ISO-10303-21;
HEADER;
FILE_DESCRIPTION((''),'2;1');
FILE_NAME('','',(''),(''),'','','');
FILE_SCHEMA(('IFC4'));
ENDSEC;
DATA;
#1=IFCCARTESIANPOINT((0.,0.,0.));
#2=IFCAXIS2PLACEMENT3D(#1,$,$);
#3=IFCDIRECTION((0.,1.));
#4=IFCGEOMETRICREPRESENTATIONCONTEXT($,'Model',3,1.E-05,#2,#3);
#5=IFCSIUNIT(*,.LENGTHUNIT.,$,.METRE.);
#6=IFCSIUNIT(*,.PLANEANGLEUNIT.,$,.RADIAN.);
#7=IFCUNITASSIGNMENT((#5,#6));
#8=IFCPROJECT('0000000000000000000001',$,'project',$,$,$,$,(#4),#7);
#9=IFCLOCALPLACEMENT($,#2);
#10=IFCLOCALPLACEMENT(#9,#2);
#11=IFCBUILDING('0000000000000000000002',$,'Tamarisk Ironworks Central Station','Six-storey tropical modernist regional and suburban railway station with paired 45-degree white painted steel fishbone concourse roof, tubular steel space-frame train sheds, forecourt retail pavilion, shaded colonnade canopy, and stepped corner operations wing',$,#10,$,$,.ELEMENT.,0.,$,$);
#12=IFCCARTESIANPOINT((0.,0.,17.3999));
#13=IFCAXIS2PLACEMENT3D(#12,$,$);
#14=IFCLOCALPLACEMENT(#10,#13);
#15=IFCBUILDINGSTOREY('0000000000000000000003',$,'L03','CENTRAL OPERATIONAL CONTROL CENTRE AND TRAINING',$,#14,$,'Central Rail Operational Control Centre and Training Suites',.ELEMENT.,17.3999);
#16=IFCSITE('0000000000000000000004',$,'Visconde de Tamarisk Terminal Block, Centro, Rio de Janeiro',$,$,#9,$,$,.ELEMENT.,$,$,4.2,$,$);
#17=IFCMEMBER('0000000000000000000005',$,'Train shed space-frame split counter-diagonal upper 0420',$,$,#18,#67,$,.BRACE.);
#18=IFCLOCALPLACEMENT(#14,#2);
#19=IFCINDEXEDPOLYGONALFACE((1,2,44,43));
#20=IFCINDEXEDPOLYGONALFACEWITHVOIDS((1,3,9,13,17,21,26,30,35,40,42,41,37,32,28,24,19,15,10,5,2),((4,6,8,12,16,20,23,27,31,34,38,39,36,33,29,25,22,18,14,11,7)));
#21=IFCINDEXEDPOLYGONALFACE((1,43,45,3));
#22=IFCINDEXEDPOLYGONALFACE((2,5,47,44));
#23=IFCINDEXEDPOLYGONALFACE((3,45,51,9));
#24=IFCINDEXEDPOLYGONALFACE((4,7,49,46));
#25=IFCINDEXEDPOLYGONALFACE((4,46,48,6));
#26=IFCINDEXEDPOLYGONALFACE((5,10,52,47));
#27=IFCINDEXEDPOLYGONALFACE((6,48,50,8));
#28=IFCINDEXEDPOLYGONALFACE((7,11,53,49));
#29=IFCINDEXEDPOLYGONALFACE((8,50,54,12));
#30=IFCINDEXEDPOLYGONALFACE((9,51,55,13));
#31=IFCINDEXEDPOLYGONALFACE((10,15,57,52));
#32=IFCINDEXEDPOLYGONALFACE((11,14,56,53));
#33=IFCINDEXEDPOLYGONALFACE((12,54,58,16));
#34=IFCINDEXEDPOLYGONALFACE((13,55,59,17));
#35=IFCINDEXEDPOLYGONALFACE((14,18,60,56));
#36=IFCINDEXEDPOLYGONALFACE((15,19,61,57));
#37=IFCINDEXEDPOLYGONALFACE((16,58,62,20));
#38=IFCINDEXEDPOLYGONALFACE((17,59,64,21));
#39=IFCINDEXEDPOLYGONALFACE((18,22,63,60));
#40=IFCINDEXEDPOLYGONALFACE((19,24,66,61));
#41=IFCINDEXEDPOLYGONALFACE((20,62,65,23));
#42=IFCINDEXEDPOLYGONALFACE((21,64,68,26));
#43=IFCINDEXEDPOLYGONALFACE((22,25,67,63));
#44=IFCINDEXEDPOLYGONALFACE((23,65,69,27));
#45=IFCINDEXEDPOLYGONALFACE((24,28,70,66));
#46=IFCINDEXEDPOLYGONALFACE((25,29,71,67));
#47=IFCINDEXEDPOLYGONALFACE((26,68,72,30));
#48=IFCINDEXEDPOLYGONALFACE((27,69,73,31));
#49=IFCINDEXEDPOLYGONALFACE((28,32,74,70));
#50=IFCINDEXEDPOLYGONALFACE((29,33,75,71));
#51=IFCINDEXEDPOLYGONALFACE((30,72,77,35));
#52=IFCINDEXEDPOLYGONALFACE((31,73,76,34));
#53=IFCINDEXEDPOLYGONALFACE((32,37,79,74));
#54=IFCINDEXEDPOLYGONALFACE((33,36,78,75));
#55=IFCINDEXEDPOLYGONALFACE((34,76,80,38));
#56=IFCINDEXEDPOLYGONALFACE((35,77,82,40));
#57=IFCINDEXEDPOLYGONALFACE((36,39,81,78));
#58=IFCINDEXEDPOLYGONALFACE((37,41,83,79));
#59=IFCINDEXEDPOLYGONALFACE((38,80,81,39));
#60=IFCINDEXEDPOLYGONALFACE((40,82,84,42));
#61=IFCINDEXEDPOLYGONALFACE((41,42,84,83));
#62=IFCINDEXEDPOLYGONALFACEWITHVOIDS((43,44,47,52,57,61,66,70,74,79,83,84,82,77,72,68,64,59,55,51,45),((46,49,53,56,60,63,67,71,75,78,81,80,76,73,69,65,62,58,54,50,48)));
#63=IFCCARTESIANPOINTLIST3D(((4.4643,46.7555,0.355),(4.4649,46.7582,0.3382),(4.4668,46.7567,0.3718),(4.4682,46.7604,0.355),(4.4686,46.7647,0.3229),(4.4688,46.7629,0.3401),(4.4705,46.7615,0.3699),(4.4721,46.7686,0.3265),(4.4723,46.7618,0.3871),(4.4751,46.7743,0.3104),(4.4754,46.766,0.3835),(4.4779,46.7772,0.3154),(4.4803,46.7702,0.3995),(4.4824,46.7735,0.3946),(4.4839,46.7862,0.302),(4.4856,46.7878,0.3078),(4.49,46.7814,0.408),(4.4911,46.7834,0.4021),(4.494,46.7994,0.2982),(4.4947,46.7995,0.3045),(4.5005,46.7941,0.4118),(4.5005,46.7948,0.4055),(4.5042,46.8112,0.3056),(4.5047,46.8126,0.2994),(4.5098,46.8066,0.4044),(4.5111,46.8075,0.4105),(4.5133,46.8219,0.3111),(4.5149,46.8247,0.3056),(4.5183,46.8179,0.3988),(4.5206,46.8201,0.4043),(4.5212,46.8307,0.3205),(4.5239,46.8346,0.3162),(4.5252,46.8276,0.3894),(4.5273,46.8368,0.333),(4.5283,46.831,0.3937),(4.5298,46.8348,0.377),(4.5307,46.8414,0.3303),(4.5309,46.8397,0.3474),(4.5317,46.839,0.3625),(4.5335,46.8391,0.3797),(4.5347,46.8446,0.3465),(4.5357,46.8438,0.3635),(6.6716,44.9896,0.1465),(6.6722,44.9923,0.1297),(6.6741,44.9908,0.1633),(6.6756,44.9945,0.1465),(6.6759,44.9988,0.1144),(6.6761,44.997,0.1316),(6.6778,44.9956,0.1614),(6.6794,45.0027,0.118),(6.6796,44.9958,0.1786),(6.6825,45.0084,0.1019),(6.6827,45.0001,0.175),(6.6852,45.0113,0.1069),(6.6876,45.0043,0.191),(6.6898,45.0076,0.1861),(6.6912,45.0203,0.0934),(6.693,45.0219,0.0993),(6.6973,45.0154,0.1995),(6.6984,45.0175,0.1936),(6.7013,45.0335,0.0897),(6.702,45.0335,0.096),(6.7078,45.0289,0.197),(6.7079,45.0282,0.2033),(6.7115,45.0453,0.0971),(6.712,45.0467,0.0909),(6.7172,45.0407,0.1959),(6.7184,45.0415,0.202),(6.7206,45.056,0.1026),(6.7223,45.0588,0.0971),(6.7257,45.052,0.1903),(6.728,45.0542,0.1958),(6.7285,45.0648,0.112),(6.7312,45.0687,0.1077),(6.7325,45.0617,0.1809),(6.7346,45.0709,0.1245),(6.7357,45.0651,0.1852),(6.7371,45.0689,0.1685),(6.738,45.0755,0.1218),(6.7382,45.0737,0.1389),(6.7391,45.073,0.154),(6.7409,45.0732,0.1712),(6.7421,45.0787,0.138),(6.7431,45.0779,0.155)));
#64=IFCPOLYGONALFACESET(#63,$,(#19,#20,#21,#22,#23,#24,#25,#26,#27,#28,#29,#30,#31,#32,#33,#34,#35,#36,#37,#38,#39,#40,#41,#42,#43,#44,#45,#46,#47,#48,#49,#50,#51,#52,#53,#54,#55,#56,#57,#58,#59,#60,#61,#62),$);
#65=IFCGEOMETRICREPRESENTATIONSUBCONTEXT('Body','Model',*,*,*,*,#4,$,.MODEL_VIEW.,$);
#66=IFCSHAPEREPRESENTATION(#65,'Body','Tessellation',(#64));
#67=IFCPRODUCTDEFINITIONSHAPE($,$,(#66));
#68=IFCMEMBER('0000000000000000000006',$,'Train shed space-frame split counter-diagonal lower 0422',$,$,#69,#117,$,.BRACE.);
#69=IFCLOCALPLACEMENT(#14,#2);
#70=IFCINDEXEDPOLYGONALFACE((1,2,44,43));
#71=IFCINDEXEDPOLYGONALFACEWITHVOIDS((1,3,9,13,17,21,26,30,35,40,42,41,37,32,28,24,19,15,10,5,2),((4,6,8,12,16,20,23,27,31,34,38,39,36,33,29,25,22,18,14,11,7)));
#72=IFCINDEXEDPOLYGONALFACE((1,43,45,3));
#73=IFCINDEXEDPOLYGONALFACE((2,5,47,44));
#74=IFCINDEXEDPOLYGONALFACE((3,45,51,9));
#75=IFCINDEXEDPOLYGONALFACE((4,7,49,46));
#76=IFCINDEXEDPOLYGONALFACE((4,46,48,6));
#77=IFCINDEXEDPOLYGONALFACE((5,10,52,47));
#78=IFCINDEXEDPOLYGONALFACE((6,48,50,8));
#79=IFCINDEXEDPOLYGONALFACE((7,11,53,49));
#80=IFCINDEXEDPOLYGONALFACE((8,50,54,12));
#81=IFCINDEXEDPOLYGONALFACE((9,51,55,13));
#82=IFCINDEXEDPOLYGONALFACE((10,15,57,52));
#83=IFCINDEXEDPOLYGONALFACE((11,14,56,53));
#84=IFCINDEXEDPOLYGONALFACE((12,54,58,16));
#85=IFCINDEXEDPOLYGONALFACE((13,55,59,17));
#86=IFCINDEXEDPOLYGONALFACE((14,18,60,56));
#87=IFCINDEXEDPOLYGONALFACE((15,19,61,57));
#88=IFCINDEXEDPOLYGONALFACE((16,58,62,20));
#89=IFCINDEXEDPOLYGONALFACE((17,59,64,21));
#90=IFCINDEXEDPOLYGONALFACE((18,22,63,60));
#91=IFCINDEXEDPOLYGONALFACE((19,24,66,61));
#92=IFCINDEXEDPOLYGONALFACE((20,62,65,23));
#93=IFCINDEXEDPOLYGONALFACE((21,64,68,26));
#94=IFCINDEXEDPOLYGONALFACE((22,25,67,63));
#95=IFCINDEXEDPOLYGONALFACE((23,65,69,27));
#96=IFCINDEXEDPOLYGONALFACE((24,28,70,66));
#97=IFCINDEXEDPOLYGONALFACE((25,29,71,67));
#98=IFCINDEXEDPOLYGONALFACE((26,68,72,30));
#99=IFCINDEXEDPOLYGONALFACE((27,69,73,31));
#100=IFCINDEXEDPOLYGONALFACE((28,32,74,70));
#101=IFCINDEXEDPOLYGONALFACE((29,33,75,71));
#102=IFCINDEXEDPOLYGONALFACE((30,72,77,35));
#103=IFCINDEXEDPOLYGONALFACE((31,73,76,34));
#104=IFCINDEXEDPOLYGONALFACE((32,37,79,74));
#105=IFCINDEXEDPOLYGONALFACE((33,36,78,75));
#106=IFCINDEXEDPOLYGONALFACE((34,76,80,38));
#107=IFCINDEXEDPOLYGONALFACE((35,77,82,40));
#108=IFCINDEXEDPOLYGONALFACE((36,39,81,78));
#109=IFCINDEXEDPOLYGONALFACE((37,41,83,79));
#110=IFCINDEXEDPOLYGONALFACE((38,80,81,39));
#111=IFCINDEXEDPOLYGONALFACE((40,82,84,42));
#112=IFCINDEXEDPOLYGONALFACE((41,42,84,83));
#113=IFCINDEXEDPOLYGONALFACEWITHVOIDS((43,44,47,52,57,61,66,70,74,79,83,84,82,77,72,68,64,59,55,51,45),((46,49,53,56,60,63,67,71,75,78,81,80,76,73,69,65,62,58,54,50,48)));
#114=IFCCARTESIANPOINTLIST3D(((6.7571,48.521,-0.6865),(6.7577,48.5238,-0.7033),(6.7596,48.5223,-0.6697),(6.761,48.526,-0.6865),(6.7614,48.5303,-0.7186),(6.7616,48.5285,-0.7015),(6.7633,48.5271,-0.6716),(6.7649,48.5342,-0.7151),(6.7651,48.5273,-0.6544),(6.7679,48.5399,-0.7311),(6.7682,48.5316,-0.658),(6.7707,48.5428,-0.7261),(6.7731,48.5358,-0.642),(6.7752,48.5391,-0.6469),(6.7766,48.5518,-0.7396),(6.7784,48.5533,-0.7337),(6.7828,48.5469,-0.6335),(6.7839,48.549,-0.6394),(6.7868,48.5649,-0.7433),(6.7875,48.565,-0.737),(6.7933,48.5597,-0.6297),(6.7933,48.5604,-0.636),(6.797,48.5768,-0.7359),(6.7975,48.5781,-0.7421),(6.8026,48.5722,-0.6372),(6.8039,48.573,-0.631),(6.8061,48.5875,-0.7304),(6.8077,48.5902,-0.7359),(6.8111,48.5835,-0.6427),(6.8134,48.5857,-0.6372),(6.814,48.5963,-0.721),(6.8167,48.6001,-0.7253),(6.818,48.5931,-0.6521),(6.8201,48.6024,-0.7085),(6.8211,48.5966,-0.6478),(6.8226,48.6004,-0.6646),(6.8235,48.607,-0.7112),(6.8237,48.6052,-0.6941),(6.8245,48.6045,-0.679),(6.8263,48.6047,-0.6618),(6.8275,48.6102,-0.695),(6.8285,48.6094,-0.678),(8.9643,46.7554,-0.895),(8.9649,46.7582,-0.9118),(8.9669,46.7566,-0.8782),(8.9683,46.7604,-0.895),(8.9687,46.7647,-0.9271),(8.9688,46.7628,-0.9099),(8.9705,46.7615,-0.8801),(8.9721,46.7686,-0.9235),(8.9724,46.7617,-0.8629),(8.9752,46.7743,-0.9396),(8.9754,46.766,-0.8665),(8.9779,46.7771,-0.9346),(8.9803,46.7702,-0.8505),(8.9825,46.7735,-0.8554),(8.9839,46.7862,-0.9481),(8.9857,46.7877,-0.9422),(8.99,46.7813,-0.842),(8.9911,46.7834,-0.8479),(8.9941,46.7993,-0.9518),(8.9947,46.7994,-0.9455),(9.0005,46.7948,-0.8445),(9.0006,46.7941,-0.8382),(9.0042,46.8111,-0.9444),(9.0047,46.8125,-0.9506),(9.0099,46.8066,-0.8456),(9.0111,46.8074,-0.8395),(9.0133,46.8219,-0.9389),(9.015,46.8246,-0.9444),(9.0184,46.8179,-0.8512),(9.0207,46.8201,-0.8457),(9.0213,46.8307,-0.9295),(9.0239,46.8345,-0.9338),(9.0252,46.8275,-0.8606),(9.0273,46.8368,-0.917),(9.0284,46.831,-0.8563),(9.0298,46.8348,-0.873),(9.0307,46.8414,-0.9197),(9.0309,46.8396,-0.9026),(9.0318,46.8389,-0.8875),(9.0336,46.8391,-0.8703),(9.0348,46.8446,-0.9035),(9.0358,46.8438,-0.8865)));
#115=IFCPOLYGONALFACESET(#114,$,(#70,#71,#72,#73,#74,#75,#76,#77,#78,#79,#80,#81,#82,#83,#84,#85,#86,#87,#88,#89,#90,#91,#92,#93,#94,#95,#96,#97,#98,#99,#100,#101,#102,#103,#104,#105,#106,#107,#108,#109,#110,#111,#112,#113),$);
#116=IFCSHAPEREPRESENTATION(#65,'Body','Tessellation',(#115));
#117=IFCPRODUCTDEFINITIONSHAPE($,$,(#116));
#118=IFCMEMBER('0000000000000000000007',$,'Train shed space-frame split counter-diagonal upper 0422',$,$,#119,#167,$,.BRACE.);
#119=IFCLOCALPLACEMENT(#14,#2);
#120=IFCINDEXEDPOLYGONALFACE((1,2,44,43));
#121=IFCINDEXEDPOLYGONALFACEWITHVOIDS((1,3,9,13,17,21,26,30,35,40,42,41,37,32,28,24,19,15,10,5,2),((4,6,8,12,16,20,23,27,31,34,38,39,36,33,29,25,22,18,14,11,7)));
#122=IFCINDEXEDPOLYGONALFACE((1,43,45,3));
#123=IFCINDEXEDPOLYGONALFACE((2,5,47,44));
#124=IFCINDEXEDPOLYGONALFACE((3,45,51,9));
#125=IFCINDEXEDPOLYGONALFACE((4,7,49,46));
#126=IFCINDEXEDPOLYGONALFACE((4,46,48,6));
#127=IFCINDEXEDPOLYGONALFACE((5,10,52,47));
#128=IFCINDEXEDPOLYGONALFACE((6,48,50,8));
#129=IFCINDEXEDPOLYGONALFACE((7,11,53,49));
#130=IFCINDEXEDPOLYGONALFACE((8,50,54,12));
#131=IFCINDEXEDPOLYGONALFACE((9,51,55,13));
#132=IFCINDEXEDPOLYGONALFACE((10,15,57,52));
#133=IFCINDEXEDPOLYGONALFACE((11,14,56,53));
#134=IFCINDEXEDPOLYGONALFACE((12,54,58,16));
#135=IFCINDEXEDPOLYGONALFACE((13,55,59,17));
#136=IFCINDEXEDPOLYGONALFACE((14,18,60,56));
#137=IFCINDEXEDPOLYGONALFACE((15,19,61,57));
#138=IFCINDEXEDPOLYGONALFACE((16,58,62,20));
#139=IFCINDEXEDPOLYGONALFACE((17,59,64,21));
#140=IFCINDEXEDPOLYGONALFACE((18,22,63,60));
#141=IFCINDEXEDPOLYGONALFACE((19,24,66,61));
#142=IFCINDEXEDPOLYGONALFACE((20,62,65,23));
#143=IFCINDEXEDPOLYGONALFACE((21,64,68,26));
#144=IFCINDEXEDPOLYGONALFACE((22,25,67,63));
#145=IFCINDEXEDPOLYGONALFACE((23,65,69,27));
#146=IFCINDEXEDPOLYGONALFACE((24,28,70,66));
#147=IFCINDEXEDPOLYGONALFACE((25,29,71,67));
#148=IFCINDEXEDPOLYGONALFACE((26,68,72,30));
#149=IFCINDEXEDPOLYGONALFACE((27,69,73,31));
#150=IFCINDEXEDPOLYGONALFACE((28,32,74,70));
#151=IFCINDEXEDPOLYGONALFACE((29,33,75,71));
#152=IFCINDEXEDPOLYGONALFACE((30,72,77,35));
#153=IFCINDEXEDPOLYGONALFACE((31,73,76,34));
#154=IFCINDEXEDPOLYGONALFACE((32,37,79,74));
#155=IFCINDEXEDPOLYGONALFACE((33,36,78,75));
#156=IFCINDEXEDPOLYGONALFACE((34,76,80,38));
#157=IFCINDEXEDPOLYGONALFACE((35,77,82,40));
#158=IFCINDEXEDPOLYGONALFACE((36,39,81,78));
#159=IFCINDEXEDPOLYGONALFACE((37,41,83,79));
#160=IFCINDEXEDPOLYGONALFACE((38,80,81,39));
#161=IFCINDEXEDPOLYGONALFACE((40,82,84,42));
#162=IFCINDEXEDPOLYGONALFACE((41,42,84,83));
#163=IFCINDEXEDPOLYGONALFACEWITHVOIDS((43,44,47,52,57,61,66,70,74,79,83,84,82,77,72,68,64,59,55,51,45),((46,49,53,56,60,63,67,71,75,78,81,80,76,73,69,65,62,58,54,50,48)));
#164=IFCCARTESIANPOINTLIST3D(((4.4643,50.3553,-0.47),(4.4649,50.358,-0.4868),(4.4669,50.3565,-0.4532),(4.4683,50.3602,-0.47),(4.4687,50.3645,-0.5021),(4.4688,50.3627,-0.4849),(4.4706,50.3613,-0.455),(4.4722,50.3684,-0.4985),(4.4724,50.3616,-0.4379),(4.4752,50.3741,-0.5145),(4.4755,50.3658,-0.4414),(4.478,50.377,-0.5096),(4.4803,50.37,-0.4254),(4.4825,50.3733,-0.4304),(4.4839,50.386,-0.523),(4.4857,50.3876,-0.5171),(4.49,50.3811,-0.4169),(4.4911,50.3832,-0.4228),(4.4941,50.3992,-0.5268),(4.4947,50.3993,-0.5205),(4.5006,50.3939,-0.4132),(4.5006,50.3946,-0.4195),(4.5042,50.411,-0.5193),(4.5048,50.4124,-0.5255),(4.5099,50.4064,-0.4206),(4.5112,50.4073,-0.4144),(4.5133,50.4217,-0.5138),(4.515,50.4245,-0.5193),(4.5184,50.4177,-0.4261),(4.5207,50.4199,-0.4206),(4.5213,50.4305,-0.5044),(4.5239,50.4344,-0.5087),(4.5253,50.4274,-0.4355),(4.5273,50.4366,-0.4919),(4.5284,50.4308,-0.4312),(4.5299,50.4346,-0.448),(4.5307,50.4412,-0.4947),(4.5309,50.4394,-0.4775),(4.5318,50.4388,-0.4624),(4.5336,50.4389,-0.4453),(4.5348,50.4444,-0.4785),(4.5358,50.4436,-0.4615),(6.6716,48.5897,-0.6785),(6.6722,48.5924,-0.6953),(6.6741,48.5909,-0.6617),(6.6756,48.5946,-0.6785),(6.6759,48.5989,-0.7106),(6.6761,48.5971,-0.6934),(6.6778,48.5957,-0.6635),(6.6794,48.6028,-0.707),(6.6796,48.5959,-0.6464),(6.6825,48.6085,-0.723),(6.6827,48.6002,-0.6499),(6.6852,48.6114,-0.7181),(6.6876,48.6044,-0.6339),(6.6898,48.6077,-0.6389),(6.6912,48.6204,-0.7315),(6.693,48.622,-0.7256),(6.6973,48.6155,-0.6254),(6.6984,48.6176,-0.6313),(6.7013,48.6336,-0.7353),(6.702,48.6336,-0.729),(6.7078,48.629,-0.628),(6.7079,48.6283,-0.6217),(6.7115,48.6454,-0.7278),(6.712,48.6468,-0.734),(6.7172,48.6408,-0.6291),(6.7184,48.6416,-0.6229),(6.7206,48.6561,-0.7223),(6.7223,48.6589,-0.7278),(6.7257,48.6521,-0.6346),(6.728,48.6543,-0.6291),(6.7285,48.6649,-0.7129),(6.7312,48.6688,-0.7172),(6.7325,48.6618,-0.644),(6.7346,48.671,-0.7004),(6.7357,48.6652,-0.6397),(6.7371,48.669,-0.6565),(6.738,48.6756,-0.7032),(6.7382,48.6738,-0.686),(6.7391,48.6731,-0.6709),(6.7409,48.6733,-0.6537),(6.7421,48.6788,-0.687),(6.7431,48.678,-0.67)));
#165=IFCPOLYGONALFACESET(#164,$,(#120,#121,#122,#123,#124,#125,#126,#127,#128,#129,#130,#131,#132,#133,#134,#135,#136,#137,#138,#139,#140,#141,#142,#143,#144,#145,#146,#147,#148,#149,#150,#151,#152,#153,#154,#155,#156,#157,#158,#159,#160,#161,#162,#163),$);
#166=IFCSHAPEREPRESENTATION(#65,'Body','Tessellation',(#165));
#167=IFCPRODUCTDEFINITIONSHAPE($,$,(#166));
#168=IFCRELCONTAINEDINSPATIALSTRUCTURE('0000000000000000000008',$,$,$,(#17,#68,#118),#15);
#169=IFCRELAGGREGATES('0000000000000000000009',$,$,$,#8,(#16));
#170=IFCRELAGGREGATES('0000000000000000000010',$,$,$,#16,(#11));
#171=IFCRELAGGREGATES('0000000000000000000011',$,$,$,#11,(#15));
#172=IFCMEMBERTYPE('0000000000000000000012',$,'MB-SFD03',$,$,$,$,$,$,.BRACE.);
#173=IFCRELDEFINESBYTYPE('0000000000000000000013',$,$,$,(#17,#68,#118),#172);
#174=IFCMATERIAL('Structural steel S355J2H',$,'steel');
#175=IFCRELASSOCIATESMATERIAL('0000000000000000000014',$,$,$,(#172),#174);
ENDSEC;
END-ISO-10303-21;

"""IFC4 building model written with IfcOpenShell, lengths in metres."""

from ifc_helpers import new_model, si_unit, direction, frame, origin, origin_2d, place, context, subcontext, project, spatial, hollow_circle, extrude, material, material_profile, profile_set, type_object, element, save


model = new_model("IFC4")

# Units and contexts
model_context = context("Model", 3, precision=1e-05, world=origin(), true_north=direction((0.0, 1.0)))
body_context = subcontext(model_context, "Body", "Model", "MODEL_VIEW")
ifc_project = project(units=[si_unit("LENGTHUNIT", "METRE"), si_unit("PLANEANGLEUNIT", "RADIAN")], contexts=[model_context])

# Site, building, storey
site_placement = place(None, origin())
site = spatial("IfcSite", under=ifc_project, at=site_placement, Name="Visconde de Tamarisk Terminal Block, Centro, Rio de Janeiro", CompositionType="ELEMENT", RefElevation=4.2)
building_placement = place(site_placement, origin())
building = spatial("IfcBuilding", under=site, at=building_placement, Name="Tamarisk Ironworks Central Station", Description="Six-storey tropical modernist regional and suburban railway station with paired 45-degree white painted steel fishbone concourse roof, tubular steel space-frame train sheds, forecourt retail pavilion, shaded colonnade canopy, and stepped corner operations wing", CompositionType="ELEMENT", ElevationOfRefHeight=0.0)
storey_placement = place(building_placement, frame((0.0, 0.0, 17.3999)))
storey = spatial("IfcBuildingStorey", under=building, at=storey_placement, Name="L03", Description="CENTRAL OPERATIONAL CONTROL CENTRE AND TRAINING", LongName="Central Rail Operational Control Centre and Training Suites", CompositionType="ELEMENT", Elevation=17.3999)

# Members
ifc_material_1 = material(Name="Structural steel S355J2H", Category="steel")
ifc_material_profile_1 = material_profile(ifc_material_1, hollow_circle(Radius=0.0571, WallThickness=0.0063, at=origin_2d()), Name="CHS 114.3x6.3")
ifc_profile_set_1 = profile_set([ifc_material_profile_1], Name="Structural steel S355J2H")
member_type_1 = type_object("IfcMemberType", Name="MB-SFD03", PredefinedType="BRACE", material=ifc_profile_set_1)
for number, where, z_axis, x_axis, name in (
    (1, (6.7073, 45.0342, 0.1465), (-0.778745, 0.623013, 0.073559), (-0.624706, -0.78086, 0.0), "Train shed space-frame split counter-diagonal upper 0420"),
):
    element("IfcMember", number, at=place(storey_placement, frame(where, z_axis=z_axis, x_axis=x_axis)), inside=storey, type_object=member_type_1, Name=name, PredefinedType="BRACE", context=body_context, shape_type="SweptSolid", body=[
        extrude(hollow_circle(Radius=0.0571, WallThickness=0.0063, at=origin_2d()), origin(), (0.0, 0.0, 1.0), 2.8345),
    ])
for number, where, z_axis, x_axis, name in (
    (2, (9.0, 46.8, -0.895), (-0.778787, 0.62296, 0.073563), (-0.624653, -0.780903, 0.0), "Train shed space-frame split counter-diagonal lower 0422"),
    (3, (6.7073, 48.6343, -0.6785), (-0.778787, 0.62296, 0.073563), (-0.624653, -0.780903, 0.0), "Train shed space-frame split counter-diagonal upper 0422"),
):
    element("IfcMember", number, at=place(storey_placement, frame(where, z_axis=z_axis, x_axis=x_axis)), inside=storey, type_object=member_type_1, Name=name, PredefinedType="BRACE", context=body_context, shape_type="SweptSolid", body=[
        extrude(hollow_circle(Radius=0.0571, WallThickness=0.0063, at=origin_2d()), origin(), (0.0, 0.0, 1.0), 2.8342),
    ])

save(model, "model.ifc")
